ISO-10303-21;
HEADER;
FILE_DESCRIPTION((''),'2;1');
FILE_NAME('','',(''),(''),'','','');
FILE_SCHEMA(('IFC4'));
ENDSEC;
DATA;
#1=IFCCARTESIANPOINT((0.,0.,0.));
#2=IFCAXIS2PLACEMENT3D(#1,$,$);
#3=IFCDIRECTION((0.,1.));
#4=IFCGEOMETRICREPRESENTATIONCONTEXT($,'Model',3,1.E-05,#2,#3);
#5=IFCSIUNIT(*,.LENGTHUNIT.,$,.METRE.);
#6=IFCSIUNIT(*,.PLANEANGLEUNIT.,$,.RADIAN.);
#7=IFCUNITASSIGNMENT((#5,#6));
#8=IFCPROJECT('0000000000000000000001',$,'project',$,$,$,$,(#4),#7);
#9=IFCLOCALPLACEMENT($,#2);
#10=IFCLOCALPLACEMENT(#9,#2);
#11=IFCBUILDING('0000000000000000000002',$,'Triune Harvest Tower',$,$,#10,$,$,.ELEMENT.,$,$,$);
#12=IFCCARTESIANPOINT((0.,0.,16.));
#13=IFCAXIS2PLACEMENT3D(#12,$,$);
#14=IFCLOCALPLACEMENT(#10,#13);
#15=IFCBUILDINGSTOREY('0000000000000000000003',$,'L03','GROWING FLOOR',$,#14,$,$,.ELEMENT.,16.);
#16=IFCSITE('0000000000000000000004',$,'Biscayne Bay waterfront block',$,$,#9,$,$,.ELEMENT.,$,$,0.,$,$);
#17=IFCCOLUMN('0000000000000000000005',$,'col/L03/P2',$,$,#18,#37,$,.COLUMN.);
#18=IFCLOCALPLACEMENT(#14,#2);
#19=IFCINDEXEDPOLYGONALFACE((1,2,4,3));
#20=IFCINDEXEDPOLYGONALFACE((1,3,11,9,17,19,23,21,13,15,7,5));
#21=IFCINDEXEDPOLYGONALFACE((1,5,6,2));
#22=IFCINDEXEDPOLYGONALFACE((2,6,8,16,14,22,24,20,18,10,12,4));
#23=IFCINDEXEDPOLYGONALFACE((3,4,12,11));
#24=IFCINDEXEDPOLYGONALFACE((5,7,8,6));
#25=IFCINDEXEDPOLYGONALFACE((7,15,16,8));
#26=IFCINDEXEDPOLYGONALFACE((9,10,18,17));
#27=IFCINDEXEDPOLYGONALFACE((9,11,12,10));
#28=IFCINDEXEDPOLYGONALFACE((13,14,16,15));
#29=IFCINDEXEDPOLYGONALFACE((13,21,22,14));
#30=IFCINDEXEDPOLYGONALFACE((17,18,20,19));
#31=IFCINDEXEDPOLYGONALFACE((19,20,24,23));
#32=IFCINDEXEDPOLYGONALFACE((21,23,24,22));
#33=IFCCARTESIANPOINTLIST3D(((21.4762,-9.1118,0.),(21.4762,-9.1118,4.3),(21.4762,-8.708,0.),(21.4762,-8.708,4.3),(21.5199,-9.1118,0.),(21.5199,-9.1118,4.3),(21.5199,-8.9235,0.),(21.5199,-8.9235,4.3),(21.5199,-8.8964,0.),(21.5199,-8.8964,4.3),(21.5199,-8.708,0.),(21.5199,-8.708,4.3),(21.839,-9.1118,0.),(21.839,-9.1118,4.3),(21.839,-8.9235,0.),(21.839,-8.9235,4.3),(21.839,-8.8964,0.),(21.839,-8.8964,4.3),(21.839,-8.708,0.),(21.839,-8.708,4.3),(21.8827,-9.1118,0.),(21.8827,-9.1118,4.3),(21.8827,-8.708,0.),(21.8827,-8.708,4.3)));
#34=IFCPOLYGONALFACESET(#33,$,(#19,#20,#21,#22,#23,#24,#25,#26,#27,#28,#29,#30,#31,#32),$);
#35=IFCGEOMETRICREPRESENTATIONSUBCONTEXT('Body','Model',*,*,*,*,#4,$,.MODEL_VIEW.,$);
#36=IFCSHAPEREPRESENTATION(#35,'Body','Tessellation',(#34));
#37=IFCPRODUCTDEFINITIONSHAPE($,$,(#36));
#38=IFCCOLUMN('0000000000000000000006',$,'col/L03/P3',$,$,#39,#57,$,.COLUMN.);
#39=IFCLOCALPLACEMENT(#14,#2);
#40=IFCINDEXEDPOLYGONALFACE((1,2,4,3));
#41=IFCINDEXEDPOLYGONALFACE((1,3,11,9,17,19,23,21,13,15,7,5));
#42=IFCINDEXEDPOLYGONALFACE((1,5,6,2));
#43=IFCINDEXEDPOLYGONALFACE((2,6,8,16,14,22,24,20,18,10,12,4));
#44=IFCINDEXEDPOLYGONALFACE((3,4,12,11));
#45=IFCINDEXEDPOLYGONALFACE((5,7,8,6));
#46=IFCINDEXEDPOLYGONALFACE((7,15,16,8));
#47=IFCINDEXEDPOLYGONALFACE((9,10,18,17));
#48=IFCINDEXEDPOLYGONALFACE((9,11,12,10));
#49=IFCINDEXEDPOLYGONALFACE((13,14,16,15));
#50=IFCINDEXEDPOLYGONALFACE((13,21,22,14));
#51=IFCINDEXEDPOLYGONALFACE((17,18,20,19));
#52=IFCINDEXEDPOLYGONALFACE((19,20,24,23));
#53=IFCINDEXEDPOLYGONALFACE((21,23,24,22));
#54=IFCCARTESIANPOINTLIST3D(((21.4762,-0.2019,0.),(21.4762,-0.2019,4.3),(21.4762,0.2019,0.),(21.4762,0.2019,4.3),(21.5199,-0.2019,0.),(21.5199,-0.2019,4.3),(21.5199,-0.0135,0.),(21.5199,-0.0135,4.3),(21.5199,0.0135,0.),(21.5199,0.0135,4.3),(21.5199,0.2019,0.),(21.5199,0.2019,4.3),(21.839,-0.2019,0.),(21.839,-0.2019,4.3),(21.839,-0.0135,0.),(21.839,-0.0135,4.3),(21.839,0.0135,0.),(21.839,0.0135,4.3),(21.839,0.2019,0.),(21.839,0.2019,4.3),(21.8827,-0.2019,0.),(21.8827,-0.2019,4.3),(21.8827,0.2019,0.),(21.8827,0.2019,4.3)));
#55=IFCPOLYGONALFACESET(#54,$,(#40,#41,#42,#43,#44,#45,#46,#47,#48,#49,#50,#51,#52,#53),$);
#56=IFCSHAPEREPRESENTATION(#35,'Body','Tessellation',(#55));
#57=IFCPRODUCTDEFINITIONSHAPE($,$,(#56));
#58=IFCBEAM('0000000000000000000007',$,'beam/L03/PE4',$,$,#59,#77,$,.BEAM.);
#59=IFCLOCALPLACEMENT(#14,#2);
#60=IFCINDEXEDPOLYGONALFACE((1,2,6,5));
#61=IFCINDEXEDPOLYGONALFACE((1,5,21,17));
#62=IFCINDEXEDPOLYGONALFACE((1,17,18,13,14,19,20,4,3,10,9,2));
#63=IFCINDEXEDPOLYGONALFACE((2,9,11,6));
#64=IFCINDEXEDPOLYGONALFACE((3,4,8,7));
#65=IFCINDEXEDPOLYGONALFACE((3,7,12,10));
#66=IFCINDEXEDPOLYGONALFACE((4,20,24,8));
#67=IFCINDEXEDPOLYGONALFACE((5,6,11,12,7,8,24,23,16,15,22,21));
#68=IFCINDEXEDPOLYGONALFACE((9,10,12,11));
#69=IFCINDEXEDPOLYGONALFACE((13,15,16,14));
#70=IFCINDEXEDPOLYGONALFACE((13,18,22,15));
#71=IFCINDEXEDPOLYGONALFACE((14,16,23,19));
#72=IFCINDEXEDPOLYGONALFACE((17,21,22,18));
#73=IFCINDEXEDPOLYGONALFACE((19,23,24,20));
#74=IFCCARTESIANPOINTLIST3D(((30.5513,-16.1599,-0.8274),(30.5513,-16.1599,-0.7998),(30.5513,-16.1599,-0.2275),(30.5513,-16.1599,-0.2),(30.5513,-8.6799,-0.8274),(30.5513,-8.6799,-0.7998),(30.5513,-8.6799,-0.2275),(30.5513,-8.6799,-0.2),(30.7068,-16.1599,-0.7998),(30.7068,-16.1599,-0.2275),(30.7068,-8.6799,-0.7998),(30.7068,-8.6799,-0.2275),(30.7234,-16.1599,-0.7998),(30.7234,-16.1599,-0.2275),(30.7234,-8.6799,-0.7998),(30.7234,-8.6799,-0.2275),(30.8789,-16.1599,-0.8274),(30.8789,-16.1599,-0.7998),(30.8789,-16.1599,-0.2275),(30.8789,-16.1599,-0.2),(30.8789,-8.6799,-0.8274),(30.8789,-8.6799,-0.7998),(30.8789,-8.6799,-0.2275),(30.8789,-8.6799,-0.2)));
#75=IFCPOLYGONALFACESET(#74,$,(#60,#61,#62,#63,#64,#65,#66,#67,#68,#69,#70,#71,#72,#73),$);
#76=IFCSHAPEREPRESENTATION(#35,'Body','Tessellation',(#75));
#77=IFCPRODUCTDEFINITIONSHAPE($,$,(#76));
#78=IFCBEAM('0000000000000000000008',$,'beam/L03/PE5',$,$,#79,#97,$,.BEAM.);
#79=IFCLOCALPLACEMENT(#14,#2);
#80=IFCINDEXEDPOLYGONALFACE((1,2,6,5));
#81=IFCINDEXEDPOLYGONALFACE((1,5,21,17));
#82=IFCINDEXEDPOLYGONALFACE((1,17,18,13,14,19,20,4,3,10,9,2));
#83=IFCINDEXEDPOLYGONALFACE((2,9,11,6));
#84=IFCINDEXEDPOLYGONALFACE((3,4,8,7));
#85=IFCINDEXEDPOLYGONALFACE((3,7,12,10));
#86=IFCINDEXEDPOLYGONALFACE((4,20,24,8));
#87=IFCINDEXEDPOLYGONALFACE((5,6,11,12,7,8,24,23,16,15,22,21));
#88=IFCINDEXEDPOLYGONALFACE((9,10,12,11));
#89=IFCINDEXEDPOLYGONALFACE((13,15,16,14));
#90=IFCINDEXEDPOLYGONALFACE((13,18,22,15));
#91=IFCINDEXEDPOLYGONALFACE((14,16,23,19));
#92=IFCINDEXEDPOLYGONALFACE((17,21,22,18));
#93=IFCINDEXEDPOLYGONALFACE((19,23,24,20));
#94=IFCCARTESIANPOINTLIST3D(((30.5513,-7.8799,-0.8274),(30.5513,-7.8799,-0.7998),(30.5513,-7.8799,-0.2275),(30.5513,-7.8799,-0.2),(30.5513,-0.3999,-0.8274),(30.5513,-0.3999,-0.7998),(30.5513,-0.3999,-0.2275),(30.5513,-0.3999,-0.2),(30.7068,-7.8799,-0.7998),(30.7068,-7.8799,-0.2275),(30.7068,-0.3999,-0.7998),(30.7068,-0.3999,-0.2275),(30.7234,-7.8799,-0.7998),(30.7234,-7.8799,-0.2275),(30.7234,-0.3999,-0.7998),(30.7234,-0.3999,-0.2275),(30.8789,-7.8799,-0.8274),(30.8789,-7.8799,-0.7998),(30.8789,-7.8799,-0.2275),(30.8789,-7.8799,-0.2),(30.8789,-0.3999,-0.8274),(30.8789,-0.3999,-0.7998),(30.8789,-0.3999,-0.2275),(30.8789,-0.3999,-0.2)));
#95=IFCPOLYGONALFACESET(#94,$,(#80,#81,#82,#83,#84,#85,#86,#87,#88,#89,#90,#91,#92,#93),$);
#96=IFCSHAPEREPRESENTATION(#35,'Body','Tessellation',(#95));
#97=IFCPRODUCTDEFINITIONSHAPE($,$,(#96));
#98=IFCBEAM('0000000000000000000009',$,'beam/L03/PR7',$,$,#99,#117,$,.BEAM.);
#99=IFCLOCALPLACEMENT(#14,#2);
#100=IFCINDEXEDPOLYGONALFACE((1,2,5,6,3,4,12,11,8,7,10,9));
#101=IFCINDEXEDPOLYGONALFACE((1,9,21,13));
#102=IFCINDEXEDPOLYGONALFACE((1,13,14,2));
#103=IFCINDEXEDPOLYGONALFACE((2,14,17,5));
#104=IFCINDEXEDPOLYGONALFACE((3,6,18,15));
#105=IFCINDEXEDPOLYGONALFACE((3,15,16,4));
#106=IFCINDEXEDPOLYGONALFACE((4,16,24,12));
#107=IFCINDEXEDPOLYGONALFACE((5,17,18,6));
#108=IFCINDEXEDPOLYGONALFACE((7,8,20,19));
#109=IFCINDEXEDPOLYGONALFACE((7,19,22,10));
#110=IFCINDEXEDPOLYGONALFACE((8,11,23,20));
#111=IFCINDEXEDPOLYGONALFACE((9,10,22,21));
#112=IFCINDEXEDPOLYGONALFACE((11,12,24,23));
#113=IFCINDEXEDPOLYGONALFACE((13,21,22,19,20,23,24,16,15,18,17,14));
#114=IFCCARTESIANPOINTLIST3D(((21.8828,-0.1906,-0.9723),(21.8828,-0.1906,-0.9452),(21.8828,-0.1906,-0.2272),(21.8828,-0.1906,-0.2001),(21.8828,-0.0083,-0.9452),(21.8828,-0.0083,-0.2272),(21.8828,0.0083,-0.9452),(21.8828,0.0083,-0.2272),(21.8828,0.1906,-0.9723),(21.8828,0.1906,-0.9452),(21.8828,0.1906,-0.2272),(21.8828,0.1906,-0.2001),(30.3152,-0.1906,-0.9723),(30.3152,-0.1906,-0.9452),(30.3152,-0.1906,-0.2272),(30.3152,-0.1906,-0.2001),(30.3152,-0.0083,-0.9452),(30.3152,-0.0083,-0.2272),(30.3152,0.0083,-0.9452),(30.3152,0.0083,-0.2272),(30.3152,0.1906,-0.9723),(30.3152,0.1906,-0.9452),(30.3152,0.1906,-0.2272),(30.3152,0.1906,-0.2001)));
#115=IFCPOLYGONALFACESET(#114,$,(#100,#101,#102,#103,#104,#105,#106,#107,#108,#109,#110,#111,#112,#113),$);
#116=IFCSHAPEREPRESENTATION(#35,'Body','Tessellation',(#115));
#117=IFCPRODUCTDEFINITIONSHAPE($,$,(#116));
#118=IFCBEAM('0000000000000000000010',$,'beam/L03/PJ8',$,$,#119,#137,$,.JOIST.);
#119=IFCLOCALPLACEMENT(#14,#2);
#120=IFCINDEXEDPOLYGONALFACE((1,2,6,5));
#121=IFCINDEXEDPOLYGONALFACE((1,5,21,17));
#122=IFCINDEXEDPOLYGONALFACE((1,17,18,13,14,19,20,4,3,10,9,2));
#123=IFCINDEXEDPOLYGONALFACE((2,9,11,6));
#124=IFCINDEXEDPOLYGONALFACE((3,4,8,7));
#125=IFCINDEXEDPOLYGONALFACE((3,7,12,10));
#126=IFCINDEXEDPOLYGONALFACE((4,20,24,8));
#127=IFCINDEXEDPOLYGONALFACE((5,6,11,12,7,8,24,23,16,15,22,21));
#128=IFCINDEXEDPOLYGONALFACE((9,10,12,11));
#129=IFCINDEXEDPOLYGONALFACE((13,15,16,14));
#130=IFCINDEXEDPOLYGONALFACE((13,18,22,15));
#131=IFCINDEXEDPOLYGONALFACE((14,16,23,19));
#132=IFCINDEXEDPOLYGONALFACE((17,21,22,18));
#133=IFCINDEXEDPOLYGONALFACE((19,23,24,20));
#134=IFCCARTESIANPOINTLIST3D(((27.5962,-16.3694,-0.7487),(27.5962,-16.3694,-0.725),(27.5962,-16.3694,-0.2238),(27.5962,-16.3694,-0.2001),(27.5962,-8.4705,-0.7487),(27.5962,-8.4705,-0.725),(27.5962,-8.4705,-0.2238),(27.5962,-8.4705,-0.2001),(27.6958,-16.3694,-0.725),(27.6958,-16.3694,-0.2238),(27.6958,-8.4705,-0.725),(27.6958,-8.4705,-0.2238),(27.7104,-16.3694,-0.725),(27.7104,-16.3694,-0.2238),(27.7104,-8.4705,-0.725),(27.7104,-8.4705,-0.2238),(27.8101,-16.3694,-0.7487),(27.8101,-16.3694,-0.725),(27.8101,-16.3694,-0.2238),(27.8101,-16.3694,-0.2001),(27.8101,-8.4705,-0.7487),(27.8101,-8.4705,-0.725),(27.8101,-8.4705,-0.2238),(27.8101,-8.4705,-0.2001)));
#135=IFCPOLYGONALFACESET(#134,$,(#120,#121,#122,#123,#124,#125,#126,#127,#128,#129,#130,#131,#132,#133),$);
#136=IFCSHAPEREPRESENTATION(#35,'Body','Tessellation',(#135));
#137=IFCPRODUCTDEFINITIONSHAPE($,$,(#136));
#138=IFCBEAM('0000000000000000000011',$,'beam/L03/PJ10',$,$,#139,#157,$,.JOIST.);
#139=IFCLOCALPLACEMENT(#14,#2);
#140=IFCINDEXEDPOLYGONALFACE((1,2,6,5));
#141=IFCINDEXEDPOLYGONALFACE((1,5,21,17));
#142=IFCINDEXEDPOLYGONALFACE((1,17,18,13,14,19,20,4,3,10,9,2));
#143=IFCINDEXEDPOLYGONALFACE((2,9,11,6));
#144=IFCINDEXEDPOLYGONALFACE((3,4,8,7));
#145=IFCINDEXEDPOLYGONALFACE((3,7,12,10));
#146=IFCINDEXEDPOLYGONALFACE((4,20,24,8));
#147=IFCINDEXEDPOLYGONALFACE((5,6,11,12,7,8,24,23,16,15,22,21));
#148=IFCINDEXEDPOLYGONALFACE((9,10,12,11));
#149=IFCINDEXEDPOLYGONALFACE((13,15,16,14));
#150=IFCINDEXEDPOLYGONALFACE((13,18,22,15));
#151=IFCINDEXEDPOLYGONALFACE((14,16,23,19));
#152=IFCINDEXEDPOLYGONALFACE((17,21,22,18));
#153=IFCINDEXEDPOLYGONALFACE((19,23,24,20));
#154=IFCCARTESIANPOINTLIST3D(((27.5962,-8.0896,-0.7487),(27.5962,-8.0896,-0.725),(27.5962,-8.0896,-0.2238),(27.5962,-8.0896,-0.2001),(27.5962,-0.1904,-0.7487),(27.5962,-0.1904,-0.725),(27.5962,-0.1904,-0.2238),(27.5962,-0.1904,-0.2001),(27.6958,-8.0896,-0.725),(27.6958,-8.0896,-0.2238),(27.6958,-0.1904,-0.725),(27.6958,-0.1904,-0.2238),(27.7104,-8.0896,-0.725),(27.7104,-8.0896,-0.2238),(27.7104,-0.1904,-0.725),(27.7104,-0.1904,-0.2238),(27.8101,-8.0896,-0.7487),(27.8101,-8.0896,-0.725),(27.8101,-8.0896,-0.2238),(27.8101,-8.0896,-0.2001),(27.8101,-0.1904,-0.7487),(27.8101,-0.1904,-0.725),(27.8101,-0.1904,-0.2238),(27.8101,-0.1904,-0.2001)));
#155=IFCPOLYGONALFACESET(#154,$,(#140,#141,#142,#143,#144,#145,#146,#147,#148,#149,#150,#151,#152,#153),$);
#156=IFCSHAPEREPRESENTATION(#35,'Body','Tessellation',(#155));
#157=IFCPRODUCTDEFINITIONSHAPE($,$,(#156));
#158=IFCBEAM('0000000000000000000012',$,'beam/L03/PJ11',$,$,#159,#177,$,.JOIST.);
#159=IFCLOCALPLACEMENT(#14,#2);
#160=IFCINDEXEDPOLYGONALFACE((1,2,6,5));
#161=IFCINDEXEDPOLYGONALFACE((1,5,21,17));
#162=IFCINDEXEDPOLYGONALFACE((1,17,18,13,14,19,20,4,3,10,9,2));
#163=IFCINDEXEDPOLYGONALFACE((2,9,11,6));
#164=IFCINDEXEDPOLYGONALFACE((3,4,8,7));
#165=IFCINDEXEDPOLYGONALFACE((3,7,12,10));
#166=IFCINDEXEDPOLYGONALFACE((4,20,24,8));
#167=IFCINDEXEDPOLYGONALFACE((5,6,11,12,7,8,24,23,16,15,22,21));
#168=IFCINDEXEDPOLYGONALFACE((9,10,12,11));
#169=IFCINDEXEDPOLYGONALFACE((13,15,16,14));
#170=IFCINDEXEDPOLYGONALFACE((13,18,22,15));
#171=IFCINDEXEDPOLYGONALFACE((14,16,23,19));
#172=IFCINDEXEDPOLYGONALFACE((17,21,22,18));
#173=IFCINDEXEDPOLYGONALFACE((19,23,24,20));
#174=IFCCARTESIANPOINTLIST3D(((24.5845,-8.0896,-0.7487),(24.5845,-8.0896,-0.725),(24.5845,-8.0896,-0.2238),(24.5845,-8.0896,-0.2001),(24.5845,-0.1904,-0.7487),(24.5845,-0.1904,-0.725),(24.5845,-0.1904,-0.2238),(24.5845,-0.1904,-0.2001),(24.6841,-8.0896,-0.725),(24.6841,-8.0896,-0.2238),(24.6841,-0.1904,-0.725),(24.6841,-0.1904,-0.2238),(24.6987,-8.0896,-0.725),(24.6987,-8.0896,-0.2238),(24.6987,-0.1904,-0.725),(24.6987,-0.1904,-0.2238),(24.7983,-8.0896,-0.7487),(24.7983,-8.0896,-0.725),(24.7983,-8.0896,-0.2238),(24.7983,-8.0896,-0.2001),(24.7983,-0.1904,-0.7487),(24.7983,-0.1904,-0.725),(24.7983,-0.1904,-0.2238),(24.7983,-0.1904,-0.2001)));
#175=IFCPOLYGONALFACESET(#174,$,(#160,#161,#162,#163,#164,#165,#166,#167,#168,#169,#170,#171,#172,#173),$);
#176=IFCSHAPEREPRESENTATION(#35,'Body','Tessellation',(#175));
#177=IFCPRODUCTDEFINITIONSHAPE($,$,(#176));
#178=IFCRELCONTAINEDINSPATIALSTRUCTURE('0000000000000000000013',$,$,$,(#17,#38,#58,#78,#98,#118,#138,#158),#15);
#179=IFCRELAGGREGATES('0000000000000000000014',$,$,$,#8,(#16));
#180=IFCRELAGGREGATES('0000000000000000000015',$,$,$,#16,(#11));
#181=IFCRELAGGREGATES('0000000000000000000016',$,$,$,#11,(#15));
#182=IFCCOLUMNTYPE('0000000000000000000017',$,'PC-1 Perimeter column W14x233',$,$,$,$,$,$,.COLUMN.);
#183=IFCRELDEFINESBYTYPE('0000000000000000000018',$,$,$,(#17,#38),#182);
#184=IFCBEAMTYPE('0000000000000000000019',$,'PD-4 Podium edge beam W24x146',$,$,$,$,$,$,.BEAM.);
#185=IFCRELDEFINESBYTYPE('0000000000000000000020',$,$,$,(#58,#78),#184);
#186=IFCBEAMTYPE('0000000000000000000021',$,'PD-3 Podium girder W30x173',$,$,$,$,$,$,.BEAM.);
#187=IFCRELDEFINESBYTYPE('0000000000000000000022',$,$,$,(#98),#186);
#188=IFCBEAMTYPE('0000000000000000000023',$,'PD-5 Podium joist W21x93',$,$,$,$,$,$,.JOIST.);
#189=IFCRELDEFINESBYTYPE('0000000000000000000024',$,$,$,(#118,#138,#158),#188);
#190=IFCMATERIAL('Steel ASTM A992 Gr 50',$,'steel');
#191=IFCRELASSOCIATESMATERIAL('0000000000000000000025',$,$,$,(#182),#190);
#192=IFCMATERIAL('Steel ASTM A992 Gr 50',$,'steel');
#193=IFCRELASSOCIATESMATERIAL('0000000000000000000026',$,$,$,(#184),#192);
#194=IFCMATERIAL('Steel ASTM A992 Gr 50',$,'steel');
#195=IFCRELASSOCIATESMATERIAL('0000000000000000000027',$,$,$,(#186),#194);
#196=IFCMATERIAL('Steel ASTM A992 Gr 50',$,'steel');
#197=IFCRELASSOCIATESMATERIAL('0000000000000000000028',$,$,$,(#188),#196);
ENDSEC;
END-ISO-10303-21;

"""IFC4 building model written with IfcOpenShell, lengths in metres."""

from ifc_helpers import new_model, si_unit, direction, frame, origin, origin_2d, place, context, subcontext, project, spatial, i_section, extrude, source, transform, mapped, material, material_profile, profile_set, type_object, element, save


model = new_model("IFC4")

# Units and contexts
model_context = context("Model", 3, precision=1e-05, world=origin(), true_north=direction((0.0, 1.0)))
body_context = subcontext(model_context, "Body", "Model", "MODEL_VIEW")
ifc_project = project(units=[si_unit("LENGTHUNIT", "METRE"), si_unit("PLANEANGLEUNIT", "RADIAN")], contexts=[model_context])

# Site, building, storey
site_placement = place(None, origin())
site = spatial("IfcSite", under=ifc_project, at=site_placement, Name="Biscayne Bay waterfront block", CompositionType="ELEMENT", RefElevation=0.0)
building_placement = place(site_placement, origin())
building = spatial("IfcBuilding", under=site, at=building_placement, Name="Triune Harvest Tower", CompositionType="ELEMENT")
storey_placement = place(building_placement, frame((0.0, 0.0, 16.0)))
storey = spatial("IfcBuildingStorey", under=building, at=storey_placement, Name="L03", Description="GROWING FLOOR", CompositionType="ELEMENT", Elevation=16.0)

# Columns
ifc_material_1 = material(Name="Steel ASTM A992 Gr 50", Category="steel")
ifc_material_profile_1 = material_profile(ifc_material_1, i_section(OverallWidth=0.4038, OverallDepth=0.4065, WebThickness=0.0271, FlangeThickness=0.0437, at=origin_2d()), Name="W14x233")
ifc_profile_set_1 = profile_set([ifc_material_profile_1], Name="Steel ASTM A992 Gr 50")
column_type = type_object("IfcColumnType", Name="PC-1 Perimeter column W14x233", PredefinedType="COLUMN", material=ifc_profile_set_1)
shared_shape_1 = source(origin(), body_context, "Body", "SweptSolid", [
    extrude(i_section(OverallWidth=0.4038, OverallDepth=0.4065, WebThickness=0.0271, FlangeThickness=0.0437, at=origin_2d()), origin(), (0.0, 0.0, 1.0), 4.3),
])
for number, where, z_axis, x_axis, name in (
    (1, (21.6794, -8.9099, 0.0), (0.0, 0.0, 1.0), (0.0, 1.0, 0.0), "col/L03/P2"),
    (2, (21.6794, 0.0, 0.0), (0.0, 0.0, 1.0), (0.0, 1.0, 0.0), "col/L03/P3"),
):
    element("IfcColumn", number, at=place(storey_placement, frame(where, z_axis=z_axis, x_axis=x_axis)), inside=storey, type_object=column_type, Name=name, PredefinedType="COLUMN", context=body_context, shape_type="MappedRepresentation", body=[
        mapped(shared_shape_1, transform((0.0, 0.0, 0.0), scale=1.0)),
    ])

# Beams
ifc_material_2 = material(Name="Steel ASTM A992 Gr 50", Category="steel")
ifc_material_profile_2 = material_profile(ifc_material_2, i_section(OverallWidth=0.3276, OverallDepth=0.6274, WebThickness=0.0166, FlangeThickness=0.0276, at=origin_2d()), Name="W24x146")
ifc_profile_set_2 = profile_set([ifc_material_profile_2], Name="Steel ASTM A992 Gr 50")
beam_type_1 = type_object("IfcBeamType", Name="PD-4 Podium edge beam W24x146", PredefinedType="BEAM", material=ifc_profile_set_2)
shared_shape_2 = source(origin(), body_context, "Body", "SweptSolid", [
    extrude(i_section(OverallWidth=0.3276, OverallDepth=0.6274, WebThickness=0.0166, FlangeThickness=0.0276, at=origin_2d()), origin(), (0.0, 0.0, 1.0), 7.48),
])
for number, where, z_axis, x_axis, name in (
    (3, (30.7151, -16.1599, -0.5137), (0.0, 1.0, 0.0), (-1.0, 0.0, 0.0), "beam/L03/PE4"),
    (4, (30.7151, -7.8799, -0.5137), (0.0, 1.0, 0.0), (-1.0, 0.0, 0.0), "beam/L03/PE5"),
):
    element("IfcBeam", number, at=place(storey_placement, frame(where, z_axis=z_axis, x_axis=x_axis)), inside=storey, type_object=beam_type_1, Name=name, PredefinedType="BEAM", context=body_context, shape_type="MappedRepresentation", body=[
        mapped(shared_shape_2, transform((0.0, 0.0, 0.0), scale=1.0)),
    ])
ifc_material_3 = material(Name="Steel ASTM A992 Gr 50", Category="steel")
ifc_material_profile_3 = material_profile(ifc_material_3, i_section(OverallWidth=0.3811, OverallDepth=0.7722, WebThickness=0.0166, FlangeThickness=0.0271, at=origin_2d()), Name="W30x173")
ifc_profile_set_3 = profile_set([ifc_material_profile_3], Name="Steel ASTM A992 Gr 50")
beam_type_2 = type_object("IfcBeamType", Name="PD-3 Podium girder W30x173", PredefinedType="BEAM", material=ifc_profile_set_3)
shared_shape_3 = source(origin(), body_context, "Body", "SweptSolid", [
    extrude(i_section(OverallWidth=0.3811, OverallDepth=0.7722, WebThickness=0.0166, FlangeThickness=0.0271, at=origin_2d()), origin(), (0.0, 0.0, 1.0), 8.4324),
])
beam_1_placement = place(storey_placement, frame((30.3152, 0.0, -0.5862), z_axis=(-1.0, 0.0, 0.0), x_axis=(0.0, -1.0, 0.0)))
element("IfcBeam", 5, at=beam_1_placement, inside=storey, type_object=beam_type_2, Name="beam/L03/PR7", PredefinedType="BEAM", context=body_context, shape_type="MappedRepresentation", body=[
    mapped(shared_shape_3, transform((0.0, 0.0, 0.0), scale=1.0)),
])
ifc_material_4 = material(Name="Steel ASTM A992 Gr 50", Category="steel")
ifc_material_profile_4 = material_profile(ifc_material_4, i_section(OverallWidth=0.2139, OverallDepth=0.5486, WebThickness=0.0146, FlangeThickness=0.0237, at=origin_2d()), Name="W21x93")
ifc_profile_set_4 = profile_set([ifc_material_profile_4], Name="Steel ASTM A992 Gr 50")
beam_type_3 = type_object("IfcBeamType", Name="PD-5 Podium joist W21x93", PredefinedType="JOIST", material=ifc_profile_set_4)
shared_shape_4 = source(origin(), body_context, "Body", "SweptSolid", [
    extrude(i_section(OverallWidth=0.2139, OverallDepth=0.5486, WebThickness=0.0146, FlangeThickness=0.0237, at=origin_2d()), origin(), (0.0, 0.0, 1.0), 7.8989),
])
beam_2_placement = place(storey_placement, frame((27.7031, -16.3694, -0.4744), z_axis=(0.0, 1.0, 0.0), x_axis=(-1.0, 0.0, 0.0)))
element("IfcBeam", 6, at=beam_2_placement, inside=storey, type_object=beam_type_3, Name="beam/L03/PJ8", PredefinedType="JOIST", context=body_context, shape_type="MappedRepresentation", body=[
    mapped(shared_shape_4, transform((0.0, 0.0, 0.0), scale=1.0)),
])
shared_shape_5 = source(origin(), body_context, "Body", "SweptSolid", [
    extrude(i_section(OverallWidth=0.2139, OverallDepth=0.5486, WebThickness=0.0146, FlangeThickness=0.0237, at=origin_2d()), origin(), (0.0, 0.0, 1.0), 7.8992),
])
for number, where, z_axis, x_axis, name in (
    (7, (27.7031, -8.0896, -0.4744), (0.0, 1.0, 0.0), (-1.0, 0.0, 0.0), "beam/L03/PJ10"),
    (8, (24.6914, -8.0896, -0.4744), (0.0, 1.0, 0.0), (-1.0, 0.0, 0.0), "beam/L03/PJ11"),
):
    element("IfcBeam", number, at=place(storey_placement, frame(where, z_axis=z_axis, x_axis=x_axis)), inside=storey, type_object=beam_type_3, Name=name, PredefinedType="JOIST", context=body_context, shape_type="MappedRepresentation", body=[
        mapped(shared_shape_5, transform((0.0, 0.0, 0.0), scale=1.0)),
    ])

save(model, "model.ifc")
